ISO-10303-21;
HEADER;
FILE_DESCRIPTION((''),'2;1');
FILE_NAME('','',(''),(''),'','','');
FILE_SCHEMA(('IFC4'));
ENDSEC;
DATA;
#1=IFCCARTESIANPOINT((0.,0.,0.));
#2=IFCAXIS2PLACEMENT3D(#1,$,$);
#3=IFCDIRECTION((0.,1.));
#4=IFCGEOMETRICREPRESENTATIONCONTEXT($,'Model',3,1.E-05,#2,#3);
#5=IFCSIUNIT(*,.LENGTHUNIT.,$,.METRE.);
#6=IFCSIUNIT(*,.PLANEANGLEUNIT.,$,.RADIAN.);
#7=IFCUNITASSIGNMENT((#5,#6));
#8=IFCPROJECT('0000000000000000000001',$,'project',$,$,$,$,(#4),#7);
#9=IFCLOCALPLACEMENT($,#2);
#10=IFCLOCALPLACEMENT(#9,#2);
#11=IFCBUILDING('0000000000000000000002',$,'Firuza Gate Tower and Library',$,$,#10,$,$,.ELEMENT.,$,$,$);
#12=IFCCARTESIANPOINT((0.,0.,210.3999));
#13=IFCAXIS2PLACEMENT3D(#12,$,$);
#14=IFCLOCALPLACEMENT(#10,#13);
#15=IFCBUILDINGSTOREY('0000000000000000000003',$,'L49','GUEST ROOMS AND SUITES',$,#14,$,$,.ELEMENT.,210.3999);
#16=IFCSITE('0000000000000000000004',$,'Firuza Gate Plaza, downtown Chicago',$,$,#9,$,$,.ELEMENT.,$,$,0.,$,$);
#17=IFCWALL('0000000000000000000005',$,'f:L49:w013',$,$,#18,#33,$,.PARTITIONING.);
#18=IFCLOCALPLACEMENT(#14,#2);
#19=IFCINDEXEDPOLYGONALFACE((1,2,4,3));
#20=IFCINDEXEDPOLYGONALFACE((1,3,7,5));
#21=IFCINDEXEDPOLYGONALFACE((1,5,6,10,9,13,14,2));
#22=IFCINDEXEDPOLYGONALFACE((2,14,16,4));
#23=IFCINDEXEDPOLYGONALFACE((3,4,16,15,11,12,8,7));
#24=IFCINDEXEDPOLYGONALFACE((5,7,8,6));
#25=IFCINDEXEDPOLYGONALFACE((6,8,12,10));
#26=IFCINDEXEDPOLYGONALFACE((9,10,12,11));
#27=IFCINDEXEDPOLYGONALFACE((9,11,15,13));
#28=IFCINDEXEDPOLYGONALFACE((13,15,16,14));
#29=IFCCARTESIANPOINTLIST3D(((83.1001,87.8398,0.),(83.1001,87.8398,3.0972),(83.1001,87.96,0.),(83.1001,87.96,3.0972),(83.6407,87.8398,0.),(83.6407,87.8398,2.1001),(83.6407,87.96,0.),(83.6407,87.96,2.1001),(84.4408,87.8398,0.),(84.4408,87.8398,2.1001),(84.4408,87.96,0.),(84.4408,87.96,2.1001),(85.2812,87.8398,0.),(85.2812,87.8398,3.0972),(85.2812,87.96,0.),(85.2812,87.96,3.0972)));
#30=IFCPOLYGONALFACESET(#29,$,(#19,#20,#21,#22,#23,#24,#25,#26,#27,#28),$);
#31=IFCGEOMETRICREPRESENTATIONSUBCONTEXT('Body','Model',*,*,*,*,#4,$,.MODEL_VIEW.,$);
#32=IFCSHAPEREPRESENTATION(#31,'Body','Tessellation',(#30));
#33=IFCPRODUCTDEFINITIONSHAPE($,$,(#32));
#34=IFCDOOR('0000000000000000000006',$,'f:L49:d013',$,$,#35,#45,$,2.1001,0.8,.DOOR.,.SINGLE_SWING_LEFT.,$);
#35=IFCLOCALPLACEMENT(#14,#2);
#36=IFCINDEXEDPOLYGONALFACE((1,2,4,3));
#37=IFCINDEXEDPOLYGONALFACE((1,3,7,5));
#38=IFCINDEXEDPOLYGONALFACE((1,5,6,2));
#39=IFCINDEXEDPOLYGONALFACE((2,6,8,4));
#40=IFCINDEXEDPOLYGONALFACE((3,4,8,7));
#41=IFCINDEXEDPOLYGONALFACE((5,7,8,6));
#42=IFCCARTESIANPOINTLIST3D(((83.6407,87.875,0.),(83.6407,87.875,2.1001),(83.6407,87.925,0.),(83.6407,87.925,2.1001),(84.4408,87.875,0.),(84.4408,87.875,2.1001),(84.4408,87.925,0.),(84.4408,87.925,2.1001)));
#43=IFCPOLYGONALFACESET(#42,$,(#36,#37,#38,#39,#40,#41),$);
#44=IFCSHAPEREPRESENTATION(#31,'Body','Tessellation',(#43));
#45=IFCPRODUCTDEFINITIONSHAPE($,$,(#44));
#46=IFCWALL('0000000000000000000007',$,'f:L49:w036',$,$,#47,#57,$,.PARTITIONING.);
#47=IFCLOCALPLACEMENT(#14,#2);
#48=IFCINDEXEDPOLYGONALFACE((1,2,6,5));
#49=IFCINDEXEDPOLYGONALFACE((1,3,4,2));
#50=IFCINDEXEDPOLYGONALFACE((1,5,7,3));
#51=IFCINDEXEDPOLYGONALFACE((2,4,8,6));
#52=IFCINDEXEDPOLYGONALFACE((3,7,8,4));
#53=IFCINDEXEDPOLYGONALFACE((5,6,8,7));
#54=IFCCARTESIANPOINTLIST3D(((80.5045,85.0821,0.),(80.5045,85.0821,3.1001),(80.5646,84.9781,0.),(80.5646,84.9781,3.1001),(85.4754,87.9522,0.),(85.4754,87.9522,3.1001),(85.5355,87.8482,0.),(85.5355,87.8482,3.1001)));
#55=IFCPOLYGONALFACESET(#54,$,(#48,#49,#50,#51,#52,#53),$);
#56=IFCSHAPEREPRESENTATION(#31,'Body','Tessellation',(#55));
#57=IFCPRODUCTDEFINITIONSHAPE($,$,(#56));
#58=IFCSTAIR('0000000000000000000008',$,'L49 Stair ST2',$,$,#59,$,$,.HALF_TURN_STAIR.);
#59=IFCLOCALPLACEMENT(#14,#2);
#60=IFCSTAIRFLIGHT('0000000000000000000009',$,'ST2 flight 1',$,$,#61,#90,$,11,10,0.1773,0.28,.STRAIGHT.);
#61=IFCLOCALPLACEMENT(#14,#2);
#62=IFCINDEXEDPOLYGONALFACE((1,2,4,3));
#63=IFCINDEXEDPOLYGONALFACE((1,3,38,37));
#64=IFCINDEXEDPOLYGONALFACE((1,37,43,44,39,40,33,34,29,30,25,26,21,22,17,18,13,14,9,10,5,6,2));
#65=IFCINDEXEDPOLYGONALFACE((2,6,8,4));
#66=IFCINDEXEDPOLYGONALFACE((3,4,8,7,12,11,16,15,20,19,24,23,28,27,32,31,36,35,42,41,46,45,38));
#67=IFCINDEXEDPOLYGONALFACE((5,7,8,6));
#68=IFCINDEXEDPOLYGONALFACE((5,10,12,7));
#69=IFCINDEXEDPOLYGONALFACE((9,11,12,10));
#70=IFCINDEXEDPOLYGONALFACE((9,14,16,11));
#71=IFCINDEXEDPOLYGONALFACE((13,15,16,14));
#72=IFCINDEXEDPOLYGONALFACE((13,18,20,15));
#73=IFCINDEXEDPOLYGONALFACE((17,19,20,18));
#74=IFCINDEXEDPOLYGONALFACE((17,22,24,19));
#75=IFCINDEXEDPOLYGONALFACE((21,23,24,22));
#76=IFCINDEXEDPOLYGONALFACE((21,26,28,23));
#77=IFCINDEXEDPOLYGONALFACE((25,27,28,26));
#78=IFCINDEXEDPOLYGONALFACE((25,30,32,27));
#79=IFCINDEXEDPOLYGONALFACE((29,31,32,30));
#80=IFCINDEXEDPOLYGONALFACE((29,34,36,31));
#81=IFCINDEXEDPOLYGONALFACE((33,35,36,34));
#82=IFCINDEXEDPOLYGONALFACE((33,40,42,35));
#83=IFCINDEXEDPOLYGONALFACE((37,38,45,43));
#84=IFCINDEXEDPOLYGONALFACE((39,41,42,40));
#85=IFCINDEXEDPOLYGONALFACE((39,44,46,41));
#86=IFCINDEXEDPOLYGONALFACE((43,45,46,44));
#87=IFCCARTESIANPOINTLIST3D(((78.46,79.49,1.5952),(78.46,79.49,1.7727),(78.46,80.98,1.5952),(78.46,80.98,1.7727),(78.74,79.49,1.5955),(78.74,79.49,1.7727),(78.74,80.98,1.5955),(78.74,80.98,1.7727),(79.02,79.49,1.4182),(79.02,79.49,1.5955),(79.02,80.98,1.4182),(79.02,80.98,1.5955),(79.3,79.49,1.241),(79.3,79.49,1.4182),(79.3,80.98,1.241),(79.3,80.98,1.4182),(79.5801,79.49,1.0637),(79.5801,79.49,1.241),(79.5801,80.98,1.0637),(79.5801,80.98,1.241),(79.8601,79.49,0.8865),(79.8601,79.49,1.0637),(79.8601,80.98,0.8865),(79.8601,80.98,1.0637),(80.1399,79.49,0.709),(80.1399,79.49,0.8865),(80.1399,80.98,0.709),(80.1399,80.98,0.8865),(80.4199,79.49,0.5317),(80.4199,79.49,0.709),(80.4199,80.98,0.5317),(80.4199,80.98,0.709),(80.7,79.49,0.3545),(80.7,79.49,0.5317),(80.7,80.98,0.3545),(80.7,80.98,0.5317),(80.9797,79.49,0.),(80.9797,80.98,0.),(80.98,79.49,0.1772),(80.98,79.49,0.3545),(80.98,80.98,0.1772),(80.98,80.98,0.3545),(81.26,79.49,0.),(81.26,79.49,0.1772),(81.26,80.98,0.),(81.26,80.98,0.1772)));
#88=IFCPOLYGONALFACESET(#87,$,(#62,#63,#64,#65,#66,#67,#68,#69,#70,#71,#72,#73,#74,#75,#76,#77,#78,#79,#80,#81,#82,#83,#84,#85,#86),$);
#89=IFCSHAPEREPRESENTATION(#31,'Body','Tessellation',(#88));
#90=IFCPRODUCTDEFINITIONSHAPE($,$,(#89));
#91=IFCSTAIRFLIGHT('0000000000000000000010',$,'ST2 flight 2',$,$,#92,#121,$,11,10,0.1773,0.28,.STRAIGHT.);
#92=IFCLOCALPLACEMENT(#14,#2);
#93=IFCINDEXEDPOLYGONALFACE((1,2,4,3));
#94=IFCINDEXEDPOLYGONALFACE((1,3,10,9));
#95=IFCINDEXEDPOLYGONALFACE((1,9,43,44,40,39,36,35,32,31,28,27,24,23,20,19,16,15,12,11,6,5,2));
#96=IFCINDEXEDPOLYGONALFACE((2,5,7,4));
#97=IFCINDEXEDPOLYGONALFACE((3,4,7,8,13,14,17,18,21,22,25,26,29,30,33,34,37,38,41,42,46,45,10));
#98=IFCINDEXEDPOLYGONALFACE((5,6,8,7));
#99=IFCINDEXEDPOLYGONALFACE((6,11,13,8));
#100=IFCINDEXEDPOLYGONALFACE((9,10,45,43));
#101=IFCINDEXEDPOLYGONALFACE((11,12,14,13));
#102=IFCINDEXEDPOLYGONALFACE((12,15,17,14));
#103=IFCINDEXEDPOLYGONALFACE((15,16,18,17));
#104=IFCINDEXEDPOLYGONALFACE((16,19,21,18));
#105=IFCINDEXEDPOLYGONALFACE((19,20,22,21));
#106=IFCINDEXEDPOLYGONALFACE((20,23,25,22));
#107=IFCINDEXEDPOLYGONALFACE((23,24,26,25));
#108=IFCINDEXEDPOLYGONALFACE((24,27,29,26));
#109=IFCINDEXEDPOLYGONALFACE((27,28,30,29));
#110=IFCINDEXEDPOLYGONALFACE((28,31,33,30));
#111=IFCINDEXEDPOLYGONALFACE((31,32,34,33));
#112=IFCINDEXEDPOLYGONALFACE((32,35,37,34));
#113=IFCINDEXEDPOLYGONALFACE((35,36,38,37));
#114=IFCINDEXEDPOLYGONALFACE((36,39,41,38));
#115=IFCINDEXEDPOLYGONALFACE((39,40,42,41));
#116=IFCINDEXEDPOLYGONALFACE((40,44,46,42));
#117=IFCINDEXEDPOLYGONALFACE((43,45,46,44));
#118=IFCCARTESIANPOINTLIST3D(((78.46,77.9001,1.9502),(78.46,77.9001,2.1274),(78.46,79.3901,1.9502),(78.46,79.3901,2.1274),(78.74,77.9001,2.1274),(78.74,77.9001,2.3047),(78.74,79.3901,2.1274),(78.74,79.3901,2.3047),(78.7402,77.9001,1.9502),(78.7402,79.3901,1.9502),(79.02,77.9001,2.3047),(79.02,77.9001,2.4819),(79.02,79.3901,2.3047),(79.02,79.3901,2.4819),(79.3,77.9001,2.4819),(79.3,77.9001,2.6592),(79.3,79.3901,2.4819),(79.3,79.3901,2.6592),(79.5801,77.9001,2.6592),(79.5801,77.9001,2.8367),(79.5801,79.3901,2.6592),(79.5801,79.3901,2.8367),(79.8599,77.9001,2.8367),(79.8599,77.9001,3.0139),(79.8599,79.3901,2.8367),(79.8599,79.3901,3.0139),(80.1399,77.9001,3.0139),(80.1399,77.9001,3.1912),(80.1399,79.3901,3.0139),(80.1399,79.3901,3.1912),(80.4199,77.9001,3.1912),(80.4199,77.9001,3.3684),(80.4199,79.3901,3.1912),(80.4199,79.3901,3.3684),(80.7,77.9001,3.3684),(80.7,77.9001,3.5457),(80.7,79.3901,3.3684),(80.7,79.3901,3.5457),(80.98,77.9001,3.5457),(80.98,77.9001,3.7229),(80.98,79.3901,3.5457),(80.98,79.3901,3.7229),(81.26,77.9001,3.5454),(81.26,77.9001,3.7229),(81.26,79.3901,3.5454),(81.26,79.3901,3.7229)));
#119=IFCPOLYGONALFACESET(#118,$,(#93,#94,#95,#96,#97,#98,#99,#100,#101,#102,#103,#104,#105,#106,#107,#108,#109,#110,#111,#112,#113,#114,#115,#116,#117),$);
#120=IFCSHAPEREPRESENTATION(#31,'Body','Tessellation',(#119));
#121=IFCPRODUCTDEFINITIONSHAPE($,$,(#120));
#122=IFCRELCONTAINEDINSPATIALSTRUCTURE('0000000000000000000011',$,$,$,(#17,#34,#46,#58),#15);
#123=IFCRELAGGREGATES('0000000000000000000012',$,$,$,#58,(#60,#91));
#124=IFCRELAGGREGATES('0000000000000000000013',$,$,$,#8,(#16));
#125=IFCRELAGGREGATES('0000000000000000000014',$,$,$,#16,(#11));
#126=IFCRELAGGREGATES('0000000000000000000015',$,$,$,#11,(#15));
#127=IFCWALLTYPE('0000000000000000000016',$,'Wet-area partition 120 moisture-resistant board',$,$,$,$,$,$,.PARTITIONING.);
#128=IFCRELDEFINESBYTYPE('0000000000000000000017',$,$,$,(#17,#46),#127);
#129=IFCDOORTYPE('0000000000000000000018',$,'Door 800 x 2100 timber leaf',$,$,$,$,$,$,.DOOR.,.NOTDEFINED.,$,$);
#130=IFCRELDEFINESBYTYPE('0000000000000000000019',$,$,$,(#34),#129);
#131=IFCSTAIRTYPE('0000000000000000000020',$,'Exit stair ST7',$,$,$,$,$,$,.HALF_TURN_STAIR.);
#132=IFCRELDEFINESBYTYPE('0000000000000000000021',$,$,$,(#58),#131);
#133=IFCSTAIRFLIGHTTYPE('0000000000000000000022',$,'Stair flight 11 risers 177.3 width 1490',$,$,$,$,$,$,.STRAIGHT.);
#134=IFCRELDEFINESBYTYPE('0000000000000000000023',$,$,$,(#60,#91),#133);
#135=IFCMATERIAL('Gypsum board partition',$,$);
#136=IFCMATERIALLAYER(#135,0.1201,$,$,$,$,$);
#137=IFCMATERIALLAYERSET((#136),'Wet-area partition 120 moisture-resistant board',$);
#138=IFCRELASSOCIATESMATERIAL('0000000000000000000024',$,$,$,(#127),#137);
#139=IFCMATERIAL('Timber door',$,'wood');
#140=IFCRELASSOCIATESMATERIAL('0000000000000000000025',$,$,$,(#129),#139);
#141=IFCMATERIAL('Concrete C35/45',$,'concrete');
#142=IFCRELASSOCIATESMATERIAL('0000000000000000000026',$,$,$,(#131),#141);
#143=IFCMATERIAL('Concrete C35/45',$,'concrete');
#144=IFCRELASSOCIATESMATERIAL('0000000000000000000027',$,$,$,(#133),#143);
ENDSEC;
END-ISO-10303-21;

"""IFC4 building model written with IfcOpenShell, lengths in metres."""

from ifc_helpers import new_model, si_unit, direction, frame, frame_2d, origin, place, context, subcontext, project, spatial, polyline, rectangle, outline, extrude, material, layer, layer_set, type_object, element, fill, aggregate, save


model = new_model("IFC4")

# Units and contexts
model_context = context("Model", 3, precision=1e-05, world=origin(), true_north=direction((0.0, 1.0)))
body_context = subcontext(model_context, "Body", "Model", "MODEL_VIEW")
ifc_project = project(units=[si_unit("LENGTHUNIT", "METRE"), si_unit("PLANEANGLEUNIT", "RADIAN")], contexts=[model_context])

# Site, building, storey
site_placement = place(None, origin())
site = spatial("IfcSite", under=ifc_project, at=site_placement, Name="Firuza Gate Plaza, downtown Chicago", CompositionType="ELEMENT", RefElevation=0.0)
building_placement = place(site_placement, origin())
building = spatial("IfcBuilding", under=site, at=building_placement, Name="Firuza Gate Tower and Library", CompositionType="ELEMENT")
storey_placement = place(building_placement, frame((0.0, 0.0, 210.3999)))
storey = spatial("IfcBuildingStorey", under=building, at=storey_placement, Name="L49", Description="GUEST ROOMS AND SUITES", CompositionType="ELEMENT", Elevation=210.3999)

# Shared definitions
placement = place(storey_placement, origin())

# Wall, opening, door
ifc_material_1 = material(Name="Gypsum board partition")
ifc_layer_1 = layer(ifc_material_1, 0.1201)
ifc_layer_set_1 = layer_set([ifc_layer_1], Name="Wet-area partition 120 moisture-resistant board")
wall_type_1 = type_object("IfcWallType", Name="Wet-area partition 120 moisture-resistant board", PredefinedType="PARTITIONING", material=ifc_layer_set_1)
wall_1_placement = place(storey_placement, frame((85.2812, 87.8999, 0.0), z_axis=(0.0, 0.0, 1.0), x_axis=(-1.0, 0.0, 0.0)))
wall_1 = element("IfcWall", 1, at=wall_1_placement, inside=storey, type_object=wall_type_1, Name="f:L49:w013", PredefinedType="PARTITIONING", context=body_context, shape_type="SweptSolid", body=[
    extrude(rectangle(XDim=2.1812, YDim=0.1201, at=frame_2d((1.0906, 0.0))), origin(), (0.0, 0.0, 1.0), 3.0972),
])
opening_1_placement = place(wall_1_placement, frame((0.8406, 0.0, 0.0)))
opening_1 = element("IfcOpeningElement", 2, at=opening_1_placement, cuts=wall_1, PredefinedType="OPENING", context=body_context, shape_type="SweptSolid", body=[
    extrude(rectangle(XDim=0.8, YDim=2.1001, at=frame_2d((0.3999, 1.05))), frame((0.0, 0.0701, 0.0), z_axis=(0.0, -1.0, 0.0), x_axis=(1.0, 0.0, 0.0)), (0.0, 0.0, 1.0), 0.1401),
])
ifc_material_2 = material(Name="Timber door", Category="wood")
door_type_1 = type_object("IfcDoorType", Name="Door 800 x 2100 timber leaf", OperationType="NOTDEFINED", PredefinedType="DOOR", material=ifc_material_2)
door_1_placement = place(opening_1_placement, origin())
door_1 = element("IfcDoor", 3, at=door_1_placement, inside=storey, type_object=door_type_1, Name="f:L49:d013", OperationType="SINGLE_SWING_LEFT", OverallHeight=2.1001, OverallWidth=0.8, PredefinedType="DOOR", context=body_context, shape_type="SweptSolid", body=[
    extrude(rectangle(XDim=0.8, YDim=2.1001, at=frame_2d((0.3999, 1.05))), frame((0.0, 0.0249, 0.0), z_axis=(0.0, -1.0, 0.0), x_axis=(1.0, 0.0, 0.0)), (0.0, 0.0, 1.0), 0.05),
])
fill(opening_1, door_1)

# Wall
wall_2_placement = place(storey_placement, frame((80.5344, 85.03, 0.0), z_axis=(0.0, 0.0, 1.0), x_axis=(0.866015, 0.500018, 0.0)))
element("IfcWall", 4, at=wall_2_placement, inside=storey, type_object=wall_type_1, Name="f:L49:w036", PredefinedType="PARTITIONING", context=body_context, shape_type="SweptSolid", body=[
    extrude(rectangle(XDim=5.74, YDim=0.1201, at=frame_2d((2.8701, 0.0))), origin(), (0.0, 0.0, 1.0), 3.1001),
])

# Stair, stair flights
ifc_material_3 = material(Name="Concrete C35/45", Category="concrete")
stair_type = type_object("IfcStairType", Name="Exit stair ST7", PredefinedType="HALF_TURN_STAIR", material=ifc_material_3)
stair = element("IfcStair", 5, at=placement, inside=storey, type_object=stair_type, Name="L49 Stair ST2", PredefinedType="HALF_TURN_STAIR")
ifc_material_4 = material(Name="Concrete C35/45", Category="concrete")
stair_flight_type = type_object("IfcStairFlightType", Name="Stair flight 11 risers 177.3 width 1490", PredefinedType="STRAIGHT", material=ifc_material_4)
stair_flight_1_placement = place(storey_placement, frame((81.26, 80.2351, 0.0), z_axis=(0.0, 0.0, 1.0), x_axis=(-1.0, 0.0, 0.0)))
stair_flight_1 = element("IfcStairFlight", 6, at=stair_flight_1_placement, type_object=stair_flight_type, Name="ST2 flight 1", NumberOfRisers=11, NumberOfTreads=10, PredefinedType="STRAIGHT", RiserHeight=0.1773, TreadLength=0.28, context=body_context, shape_type="SweptSolid", body=[
    extrude(outline(polyline([(0.0, 0.0), (0.0, 0.1772), (0.28, 0.1772), (0.28, 0.3545), (0.5601, 0.3545), (0.5601, 0.5317), (0.8401, 0.5317), (0.8401, 0.709), (1.1201, 0.709), (1.1201, 0.8865), (1.3999, 0.8865), (1.3999, 1.0637), (1.6799, 1.0637), (1.6799, 1.241), (1.96, 1.241), (1.96, 1.4182), (2.24, 1.4182), (2.24, 1.5955), (2.52, 1.5955), (2.52, 1.7727), (2.8, 1.7727), (2.8, 1.95), (2.8, 1.5952), (0.2803, 0.0), (0.0, 0.0)])), frame((0.0, 0.7451, 0.0), z_axis=(0.0, -1.0, 0.0), x_axis=(1.0, 0.0, 0.0)), (0.0, 0.0, 1.0), 1.49),
])
stair_flight_2_placement = place(storey_placement, frame((78.46, 78.645, 1.9502), z_axis=(0.0, 0.0, 1.0), x_axis=(1.0, 0.0, 0.0)))
stair_flight_2 = element("IfcStairFlight", 7, at=stair_flight_2_placement, type_object=stair_flight_type, Name="ST2 flight 2", NumberOfRisers=11, NumberOfTreads=10, PredefinedType="STRAIGHT", RiserHeight=0.1773, TreadLength=0.28, context=body_context, shape_type="SweptSolid", body=[
    extrude(outline(polyline([(0.0, 0.0), (0.0, 0.1772), (0.28, 0.1772), (0.28, 0.3545), (0.5601, 0.3545), (0.5601, 0.5317), (0.8401, 0.5317), (0.8401, 0.709), (1.1201, 0.709), (1.1201, 0.8865), (1.3999, 0.8865), (1.3999, 1.0637), (1.6799, 1.0637), (1.6799, 1.241), (1.96, 1.241), (1.96, 1.4182), (2.24, 1.4182), (2.24, 1.5955), (2.52, 1.5955), (2.52, 1.7727), (2.8, 1.7727), (2.8, 1.95), (2.8, 1.5952), (0.2803, 0.0), (0.0, 0.0)])), frame((0.0, 0.7451, 0.0), z_axis=(0.0, -1.0, 0.0), x_axis=(1.0, 0.0, 0.0)), (0.0, 0.0, 1.0), 1.49),
])
aggregate(stair, [stair_flight_1, stair_flight_2])

save(model, "model.ifc")
